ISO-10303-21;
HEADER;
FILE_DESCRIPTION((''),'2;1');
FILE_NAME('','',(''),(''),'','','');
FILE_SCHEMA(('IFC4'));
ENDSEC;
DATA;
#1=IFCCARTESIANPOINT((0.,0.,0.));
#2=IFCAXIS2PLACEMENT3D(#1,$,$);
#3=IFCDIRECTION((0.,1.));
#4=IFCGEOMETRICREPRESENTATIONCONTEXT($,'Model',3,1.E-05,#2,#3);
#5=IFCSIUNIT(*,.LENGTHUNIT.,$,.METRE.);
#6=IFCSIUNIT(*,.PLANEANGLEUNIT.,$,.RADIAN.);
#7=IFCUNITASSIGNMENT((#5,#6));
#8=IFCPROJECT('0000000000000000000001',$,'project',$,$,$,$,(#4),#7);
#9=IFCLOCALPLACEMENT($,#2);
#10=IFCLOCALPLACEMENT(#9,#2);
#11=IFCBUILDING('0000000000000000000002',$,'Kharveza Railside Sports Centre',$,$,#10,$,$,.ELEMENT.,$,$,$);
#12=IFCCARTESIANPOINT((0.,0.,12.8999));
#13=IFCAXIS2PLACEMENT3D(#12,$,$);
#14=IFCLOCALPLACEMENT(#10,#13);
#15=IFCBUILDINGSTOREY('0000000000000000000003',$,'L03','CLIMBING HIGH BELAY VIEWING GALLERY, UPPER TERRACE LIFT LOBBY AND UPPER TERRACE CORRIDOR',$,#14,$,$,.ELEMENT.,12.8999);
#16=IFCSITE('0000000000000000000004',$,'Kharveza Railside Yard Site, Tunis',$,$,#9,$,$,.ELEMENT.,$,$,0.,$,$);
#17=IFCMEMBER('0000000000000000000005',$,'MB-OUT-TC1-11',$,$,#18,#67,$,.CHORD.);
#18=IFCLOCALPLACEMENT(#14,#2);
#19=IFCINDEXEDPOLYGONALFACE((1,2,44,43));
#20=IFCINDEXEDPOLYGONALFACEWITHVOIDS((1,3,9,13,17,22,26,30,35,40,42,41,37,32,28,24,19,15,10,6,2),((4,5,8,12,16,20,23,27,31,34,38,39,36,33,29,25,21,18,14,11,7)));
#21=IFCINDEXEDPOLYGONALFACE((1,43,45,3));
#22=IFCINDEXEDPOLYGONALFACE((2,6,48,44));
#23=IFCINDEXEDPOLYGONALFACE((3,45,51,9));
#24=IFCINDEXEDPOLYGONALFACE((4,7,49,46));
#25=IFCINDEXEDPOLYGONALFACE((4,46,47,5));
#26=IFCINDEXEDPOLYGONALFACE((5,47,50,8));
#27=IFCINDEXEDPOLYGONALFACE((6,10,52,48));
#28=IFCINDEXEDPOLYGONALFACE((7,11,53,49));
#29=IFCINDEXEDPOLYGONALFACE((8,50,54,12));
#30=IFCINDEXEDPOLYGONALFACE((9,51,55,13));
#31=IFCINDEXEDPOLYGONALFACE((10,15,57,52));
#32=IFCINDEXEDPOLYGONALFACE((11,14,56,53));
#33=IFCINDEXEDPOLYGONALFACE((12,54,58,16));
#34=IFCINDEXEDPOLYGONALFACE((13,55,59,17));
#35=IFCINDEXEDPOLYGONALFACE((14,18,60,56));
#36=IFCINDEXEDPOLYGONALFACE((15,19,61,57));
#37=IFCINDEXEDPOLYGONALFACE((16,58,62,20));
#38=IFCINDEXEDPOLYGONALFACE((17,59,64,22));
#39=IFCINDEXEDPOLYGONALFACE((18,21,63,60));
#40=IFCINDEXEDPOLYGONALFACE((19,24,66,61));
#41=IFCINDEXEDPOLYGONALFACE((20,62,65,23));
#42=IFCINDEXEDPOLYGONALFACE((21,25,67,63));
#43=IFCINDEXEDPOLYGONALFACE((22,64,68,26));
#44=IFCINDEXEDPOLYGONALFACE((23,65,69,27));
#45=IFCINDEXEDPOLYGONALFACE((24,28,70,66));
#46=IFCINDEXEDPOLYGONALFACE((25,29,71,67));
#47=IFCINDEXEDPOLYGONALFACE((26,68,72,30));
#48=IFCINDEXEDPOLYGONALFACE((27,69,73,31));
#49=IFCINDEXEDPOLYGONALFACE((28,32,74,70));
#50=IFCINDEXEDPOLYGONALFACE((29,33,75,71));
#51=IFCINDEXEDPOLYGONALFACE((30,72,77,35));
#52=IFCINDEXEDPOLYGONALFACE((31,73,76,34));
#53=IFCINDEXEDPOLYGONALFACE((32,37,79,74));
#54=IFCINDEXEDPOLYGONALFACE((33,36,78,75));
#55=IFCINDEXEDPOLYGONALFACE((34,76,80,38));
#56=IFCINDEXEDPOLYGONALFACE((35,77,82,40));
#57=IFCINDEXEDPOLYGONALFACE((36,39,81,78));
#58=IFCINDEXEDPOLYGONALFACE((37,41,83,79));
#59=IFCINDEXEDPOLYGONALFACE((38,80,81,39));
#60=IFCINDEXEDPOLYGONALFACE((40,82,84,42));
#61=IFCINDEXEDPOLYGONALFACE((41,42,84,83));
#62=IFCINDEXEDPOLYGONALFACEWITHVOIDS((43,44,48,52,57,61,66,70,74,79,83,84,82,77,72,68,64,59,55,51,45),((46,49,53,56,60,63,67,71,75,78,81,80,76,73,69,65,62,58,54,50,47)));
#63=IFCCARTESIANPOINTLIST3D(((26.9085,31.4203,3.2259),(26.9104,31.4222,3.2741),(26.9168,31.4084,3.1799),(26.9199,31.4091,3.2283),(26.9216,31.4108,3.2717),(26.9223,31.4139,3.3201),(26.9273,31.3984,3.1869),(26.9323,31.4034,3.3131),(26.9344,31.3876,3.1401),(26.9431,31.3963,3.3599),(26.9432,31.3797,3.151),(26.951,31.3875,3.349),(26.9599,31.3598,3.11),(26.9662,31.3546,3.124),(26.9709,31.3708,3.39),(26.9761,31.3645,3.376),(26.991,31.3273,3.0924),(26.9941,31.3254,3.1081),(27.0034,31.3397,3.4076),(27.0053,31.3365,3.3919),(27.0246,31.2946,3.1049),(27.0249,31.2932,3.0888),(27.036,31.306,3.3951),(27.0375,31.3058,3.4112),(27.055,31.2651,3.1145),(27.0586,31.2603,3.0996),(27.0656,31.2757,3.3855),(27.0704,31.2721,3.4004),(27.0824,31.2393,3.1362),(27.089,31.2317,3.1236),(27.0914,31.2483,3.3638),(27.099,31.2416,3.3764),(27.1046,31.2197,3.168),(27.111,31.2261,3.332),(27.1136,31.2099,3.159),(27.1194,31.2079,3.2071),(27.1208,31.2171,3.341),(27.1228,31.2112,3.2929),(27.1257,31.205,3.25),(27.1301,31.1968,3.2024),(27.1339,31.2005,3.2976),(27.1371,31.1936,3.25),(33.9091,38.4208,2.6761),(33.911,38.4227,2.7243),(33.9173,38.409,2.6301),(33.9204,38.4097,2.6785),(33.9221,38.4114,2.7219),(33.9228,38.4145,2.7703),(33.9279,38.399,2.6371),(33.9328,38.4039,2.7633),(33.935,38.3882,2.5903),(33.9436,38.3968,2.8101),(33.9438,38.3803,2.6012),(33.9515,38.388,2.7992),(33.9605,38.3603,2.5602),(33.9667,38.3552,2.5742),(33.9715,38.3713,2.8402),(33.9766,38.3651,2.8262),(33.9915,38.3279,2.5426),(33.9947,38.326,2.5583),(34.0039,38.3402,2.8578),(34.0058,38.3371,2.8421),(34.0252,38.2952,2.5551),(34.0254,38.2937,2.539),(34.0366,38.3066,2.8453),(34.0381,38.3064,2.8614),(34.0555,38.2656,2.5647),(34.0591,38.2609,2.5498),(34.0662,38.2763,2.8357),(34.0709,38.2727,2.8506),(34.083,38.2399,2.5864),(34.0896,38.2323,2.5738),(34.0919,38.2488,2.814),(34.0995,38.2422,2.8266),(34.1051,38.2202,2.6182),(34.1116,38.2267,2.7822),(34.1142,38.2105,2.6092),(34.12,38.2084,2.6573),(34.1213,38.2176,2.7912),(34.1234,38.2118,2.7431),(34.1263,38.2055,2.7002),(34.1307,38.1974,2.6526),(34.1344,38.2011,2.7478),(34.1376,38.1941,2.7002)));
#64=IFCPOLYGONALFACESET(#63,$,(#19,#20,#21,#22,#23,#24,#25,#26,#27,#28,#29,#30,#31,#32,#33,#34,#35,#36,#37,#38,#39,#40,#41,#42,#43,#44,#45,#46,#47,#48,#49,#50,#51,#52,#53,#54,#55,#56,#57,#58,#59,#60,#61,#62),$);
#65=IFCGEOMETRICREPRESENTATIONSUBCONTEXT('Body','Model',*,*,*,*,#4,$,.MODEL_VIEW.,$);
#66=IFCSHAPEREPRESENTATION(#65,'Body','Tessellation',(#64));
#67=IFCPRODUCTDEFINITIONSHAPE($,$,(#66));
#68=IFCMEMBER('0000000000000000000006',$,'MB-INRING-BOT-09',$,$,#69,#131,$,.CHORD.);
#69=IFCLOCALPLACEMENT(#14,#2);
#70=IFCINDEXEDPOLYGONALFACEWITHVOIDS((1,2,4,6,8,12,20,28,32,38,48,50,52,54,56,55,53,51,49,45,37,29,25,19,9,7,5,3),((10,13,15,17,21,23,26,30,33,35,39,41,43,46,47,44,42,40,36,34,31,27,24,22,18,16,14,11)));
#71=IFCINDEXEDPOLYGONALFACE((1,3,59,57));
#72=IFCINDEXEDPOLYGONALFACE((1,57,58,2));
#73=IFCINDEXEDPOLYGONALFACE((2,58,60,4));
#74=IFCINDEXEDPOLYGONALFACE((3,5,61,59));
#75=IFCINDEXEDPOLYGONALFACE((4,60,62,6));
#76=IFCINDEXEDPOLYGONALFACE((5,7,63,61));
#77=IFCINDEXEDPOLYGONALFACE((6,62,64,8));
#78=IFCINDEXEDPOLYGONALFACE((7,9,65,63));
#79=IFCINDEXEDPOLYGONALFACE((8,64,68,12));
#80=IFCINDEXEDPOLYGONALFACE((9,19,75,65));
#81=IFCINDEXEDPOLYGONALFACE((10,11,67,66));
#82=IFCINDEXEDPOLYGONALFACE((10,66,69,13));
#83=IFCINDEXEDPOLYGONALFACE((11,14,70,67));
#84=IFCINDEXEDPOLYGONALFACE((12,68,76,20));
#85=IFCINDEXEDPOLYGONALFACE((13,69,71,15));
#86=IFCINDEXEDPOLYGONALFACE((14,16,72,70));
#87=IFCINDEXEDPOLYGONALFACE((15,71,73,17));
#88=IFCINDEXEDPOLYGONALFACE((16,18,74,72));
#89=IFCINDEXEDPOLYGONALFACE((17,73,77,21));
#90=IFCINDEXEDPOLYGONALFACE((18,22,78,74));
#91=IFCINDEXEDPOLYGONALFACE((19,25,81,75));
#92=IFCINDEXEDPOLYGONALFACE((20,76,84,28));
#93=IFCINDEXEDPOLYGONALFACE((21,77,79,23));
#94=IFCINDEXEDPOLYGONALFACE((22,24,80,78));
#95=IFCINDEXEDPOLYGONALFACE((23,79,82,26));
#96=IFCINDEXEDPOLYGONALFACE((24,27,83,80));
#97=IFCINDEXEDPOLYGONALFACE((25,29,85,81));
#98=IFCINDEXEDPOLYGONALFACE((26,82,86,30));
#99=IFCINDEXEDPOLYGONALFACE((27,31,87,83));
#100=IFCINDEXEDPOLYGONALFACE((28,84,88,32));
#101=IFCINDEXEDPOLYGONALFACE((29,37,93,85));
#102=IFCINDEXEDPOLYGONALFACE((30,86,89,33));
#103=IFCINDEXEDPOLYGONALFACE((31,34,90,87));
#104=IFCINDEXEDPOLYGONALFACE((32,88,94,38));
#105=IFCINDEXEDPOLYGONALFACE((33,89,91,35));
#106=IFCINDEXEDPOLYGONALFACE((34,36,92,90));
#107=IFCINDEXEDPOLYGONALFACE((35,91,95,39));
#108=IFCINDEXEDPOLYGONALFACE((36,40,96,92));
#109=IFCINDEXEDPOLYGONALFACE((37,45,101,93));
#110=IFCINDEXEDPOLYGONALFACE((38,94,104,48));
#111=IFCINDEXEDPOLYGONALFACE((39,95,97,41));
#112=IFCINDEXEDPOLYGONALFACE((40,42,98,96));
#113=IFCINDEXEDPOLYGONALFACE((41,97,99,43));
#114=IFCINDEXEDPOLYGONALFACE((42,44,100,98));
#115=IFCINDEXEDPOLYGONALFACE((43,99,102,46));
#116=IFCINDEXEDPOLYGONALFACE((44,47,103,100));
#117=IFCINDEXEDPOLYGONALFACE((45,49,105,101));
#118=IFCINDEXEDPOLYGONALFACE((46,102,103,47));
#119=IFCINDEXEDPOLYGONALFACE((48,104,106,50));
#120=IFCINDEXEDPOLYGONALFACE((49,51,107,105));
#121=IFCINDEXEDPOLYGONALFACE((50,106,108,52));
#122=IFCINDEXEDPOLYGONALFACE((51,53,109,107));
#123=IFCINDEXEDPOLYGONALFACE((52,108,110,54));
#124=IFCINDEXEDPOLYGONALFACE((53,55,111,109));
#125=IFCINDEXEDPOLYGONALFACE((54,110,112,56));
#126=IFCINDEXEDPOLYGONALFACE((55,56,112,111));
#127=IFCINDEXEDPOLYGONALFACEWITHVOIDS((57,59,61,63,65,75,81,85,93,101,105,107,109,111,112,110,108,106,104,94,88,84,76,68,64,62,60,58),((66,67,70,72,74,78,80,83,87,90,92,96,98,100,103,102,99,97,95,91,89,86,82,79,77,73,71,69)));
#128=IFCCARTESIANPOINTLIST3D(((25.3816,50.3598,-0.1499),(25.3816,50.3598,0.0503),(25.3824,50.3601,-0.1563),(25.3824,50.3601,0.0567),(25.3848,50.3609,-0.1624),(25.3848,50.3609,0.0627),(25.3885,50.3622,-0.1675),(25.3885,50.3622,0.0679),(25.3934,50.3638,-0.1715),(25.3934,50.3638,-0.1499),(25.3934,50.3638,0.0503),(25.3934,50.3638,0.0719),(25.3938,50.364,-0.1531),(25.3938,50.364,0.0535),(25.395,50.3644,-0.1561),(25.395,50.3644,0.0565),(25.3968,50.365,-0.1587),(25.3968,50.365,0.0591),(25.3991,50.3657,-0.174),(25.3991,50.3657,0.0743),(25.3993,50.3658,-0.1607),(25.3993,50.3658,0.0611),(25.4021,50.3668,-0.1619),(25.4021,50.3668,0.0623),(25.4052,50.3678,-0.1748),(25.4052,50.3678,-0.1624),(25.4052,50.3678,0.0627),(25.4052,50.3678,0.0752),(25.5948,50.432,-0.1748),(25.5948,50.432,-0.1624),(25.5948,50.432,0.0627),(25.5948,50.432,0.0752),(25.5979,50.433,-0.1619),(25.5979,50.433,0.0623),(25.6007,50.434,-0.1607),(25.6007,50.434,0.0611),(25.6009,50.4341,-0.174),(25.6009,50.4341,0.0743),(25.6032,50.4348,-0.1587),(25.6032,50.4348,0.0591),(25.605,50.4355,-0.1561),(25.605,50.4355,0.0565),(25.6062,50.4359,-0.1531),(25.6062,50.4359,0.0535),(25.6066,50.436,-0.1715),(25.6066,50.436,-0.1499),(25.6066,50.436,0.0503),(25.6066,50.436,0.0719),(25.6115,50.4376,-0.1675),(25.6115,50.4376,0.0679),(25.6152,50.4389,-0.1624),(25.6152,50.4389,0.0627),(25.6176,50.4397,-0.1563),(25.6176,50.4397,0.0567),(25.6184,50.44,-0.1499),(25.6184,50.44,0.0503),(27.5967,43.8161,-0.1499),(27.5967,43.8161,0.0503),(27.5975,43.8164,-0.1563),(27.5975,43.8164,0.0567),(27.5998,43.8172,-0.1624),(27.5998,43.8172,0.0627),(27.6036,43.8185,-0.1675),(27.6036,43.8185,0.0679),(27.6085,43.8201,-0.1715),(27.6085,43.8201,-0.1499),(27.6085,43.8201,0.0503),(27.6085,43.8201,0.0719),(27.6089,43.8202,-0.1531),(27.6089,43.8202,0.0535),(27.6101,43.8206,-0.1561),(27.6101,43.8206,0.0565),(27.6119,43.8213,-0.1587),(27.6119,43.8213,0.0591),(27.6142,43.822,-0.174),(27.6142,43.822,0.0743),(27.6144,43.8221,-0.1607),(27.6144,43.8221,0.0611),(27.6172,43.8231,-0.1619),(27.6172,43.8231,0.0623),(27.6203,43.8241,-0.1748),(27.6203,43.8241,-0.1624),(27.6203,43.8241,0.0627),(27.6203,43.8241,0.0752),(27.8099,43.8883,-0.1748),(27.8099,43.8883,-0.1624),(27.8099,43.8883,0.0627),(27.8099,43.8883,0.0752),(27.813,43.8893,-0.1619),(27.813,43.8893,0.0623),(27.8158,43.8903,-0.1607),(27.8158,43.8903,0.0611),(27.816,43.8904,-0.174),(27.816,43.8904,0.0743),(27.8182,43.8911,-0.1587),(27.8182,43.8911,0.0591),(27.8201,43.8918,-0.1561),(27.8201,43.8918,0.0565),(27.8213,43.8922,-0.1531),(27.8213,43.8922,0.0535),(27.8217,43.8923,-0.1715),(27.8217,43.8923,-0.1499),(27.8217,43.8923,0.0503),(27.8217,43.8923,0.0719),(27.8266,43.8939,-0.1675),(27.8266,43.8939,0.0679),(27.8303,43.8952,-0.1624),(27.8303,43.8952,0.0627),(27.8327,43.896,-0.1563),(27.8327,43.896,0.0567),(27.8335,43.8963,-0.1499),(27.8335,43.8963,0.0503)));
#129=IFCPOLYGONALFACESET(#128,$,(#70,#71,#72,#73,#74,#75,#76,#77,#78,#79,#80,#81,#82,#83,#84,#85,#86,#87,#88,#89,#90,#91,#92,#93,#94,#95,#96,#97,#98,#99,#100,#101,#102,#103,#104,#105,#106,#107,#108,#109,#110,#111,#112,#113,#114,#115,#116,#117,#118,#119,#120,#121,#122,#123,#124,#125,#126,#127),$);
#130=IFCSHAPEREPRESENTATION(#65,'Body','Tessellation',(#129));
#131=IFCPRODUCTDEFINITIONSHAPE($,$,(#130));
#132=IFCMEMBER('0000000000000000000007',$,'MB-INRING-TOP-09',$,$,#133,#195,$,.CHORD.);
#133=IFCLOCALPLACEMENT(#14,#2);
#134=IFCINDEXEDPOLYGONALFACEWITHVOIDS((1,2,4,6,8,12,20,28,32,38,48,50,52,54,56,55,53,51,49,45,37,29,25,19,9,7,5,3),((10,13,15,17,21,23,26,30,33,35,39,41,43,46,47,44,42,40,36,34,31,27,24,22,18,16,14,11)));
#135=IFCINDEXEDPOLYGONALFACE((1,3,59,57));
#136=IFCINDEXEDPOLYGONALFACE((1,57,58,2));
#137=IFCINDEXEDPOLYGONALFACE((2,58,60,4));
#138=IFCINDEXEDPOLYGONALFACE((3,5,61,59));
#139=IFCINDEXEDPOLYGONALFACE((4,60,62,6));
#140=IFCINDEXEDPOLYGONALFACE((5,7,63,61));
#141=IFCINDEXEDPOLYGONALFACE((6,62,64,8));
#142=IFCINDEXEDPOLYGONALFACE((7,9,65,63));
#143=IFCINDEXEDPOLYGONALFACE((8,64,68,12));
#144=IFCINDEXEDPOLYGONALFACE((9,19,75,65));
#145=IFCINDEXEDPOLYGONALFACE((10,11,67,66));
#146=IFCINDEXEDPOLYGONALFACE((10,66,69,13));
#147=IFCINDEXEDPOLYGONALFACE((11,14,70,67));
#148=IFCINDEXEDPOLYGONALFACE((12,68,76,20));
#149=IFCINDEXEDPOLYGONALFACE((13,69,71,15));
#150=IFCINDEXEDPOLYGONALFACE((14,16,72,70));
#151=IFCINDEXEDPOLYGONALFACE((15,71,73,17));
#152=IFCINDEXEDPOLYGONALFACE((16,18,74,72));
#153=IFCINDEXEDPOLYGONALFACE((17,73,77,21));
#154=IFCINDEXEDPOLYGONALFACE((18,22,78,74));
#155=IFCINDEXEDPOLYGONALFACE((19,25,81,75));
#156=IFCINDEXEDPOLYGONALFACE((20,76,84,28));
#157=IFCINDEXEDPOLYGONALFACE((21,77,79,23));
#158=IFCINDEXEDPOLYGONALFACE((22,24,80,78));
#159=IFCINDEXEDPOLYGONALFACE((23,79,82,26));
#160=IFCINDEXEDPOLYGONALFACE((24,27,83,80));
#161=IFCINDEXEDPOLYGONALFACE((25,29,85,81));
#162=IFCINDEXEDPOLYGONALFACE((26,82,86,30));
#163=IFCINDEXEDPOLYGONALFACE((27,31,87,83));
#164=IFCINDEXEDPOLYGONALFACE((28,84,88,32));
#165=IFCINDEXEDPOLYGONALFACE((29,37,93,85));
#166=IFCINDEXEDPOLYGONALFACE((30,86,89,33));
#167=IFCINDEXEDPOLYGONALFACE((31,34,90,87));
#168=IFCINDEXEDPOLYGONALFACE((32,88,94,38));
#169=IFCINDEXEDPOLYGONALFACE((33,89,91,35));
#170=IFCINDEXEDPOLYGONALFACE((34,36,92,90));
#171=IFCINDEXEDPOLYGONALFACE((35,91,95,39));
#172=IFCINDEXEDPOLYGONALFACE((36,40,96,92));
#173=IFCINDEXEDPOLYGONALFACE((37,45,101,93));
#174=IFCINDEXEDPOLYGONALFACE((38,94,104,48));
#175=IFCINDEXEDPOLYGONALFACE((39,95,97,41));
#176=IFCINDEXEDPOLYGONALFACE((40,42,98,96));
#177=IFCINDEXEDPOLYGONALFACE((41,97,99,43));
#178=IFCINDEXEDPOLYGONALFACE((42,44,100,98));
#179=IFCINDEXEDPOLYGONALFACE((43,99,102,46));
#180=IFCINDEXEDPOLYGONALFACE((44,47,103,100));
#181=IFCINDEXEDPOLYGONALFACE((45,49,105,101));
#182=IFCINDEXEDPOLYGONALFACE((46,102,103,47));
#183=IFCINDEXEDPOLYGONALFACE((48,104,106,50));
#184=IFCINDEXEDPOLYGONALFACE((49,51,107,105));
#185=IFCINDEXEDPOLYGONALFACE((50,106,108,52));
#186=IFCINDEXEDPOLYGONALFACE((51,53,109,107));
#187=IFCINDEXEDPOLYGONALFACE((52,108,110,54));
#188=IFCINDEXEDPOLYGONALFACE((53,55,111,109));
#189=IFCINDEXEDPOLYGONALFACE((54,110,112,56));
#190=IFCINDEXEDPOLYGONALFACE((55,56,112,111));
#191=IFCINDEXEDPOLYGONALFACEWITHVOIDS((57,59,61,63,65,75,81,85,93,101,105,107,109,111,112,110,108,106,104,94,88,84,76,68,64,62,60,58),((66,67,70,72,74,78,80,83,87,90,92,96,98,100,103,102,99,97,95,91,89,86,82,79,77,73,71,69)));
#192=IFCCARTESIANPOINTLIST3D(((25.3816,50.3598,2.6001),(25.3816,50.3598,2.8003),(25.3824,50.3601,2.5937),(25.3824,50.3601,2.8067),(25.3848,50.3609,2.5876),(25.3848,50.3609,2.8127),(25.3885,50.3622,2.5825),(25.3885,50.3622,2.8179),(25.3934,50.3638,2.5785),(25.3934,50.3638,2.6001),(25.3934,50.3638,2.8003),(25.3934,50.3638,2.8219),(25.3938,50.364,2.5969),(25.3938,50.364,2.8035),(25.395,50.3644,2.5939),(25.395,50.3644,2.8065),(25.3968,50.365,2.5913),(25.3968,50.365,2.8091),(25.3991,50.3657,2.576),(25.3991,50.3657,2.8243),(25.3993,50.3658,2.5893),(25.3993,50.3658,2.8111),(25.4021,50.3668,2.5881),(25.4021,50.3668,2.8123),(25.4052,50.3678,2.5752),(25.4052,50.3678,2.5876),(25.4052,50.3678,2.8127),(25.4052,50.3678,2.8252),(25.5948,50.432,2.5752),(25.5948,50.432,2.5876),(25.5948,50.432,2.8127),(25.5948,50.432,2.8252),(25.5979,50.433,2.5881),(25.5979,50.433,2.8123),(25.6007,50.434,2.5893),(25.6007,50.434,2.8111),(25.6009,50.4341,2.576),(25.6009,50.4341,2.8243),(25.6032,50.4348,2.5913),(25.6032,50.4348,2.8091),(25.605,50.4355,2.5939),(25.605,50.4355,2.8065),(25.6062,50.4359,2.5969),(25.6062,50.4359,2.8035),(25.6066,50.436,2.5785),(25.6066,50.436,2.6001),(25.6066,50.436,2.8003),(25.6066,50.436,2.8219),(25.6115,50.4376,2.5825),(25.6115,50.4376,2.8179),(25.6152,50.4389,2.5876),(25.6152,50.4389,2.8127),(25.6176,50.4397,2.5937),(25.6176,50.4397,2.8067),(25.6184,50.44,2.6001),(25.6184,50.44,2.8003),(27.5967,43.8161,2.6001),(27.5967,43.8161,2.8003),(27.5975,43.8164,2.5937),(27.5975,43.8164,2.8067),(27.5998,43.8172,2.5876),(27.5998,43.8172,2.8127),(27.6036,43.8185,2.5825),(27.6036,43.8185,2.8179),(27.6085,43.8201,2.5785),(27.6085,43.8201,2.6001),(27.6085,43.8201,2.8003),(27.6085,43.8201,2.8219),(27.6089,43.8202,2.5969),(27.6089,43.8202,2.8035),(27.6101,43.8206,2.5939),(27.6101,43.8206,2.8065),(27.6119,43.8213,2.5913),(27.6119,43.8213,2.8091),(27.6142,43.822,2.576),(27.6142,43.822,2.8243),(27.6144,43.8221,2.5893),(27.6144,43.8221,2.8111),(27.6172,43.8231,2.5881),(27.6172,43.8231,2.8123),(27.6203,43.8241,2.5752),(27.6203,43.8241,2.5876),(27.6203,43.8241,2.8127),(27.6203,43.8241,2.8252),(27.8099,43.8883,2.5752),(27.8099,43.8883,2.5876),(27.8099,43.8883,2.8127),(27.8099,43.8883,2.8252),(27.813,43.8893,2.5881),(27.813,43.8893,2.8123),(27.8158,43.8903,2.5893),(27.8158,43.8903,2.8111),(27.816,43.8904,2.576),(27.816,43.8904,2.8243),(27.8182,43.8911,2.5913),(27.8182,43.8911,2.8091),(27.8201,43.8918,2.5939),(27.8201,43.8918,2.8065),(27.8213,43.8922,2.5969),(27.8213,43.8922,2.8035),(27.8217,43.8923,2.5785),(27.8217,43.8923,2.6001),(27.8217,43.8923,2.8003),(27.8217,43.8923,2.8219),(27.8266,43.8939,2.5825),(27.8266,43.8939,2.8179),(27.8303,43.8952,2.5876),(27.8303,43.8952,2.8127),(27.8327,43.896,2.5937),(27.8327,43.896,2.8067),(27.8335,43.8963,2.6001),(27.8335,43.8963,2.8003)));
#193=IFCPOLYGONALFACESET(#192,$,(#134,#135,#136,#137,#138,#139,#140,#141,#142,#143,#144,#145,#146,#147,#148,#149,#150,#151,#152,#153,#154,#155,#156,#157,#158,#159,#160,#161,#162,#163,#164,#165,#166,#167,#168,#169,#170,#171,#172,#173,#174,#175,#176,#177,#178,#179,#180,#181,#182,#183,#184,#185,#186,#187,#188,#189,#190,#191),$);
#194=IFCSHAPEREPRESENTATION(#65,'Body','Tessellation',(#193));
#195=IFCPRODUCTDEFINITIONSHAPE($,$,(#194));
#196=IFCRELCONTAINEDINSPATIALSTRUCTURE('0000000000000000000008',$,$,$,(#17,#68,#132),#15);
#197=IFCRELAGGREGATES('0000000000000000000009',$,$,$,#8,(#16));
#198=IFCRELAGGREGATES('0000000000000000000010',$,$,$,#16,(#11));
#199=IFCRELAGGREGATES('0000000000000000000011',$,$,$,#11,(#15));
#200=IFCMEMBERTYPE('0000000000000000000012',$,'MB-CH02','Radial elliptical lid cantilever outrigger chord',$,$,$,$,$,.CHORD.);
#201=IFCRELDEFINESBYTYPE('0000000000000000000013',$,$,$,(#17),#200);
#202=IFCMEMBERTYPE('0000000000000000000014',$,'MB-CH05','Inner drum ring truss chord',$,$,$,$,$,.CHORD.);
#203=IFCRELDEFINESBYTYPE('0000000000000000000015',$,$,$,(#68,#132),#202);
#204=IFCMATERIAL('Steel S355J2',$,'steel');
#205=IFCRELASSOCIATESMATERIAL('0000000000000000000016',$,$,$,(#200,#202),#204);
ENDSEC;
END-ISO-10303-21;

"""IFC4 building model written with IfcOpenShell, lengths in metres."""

from ifc_helpers import new_model, si_unit, direction, frame, origin, origin_2d, place, context, subcontext, project, spatial, hollow_rectangle, hollow_circle, extrude, material, material_profile, profile_set, type_object, element, save


model = new_model("IFC4")

# Units and contexts
model_context = context("Model", 3, precision=1e-05, world=origin(), true_north=direction((0.0, 1.0)))
body_context = subcontext(model_context, "Body", "Model", "MODEL_VIEW")
ifc_project = project(units=[si_unit("LENGTHUNIT", "METRE"), si_unit("PLANEANGLEUNIT", "RADIAN")], contexts=[model_context])

# Site, building, storey
site_placement = place(None, origin())
site = spatial("IfcSite", under=ifc_project, at=site_placement, Name="Kharveza Railside Yard Site, Tunis", CompositionType="ELEMENT", RefElevation=0.0)
building_placement = place(site_placement, origin())
building = spatial("IfcBuilding", under=site, at=building_placement, Name="Kharveza Railside Sports Centre", CompositionType="ELEMENT")
storey_placement = place(building_placement, frame((0.0, 0.0, 12.8999)))
storey = spatial("IfcBuildingStorey", under=building, at=storey_placement, Name="L03", Description="CLIMBING HIGH BELAY VIEWING GALLERY, UPPER TERRACE LIFT LOBBY AND UPPER TERRACE CORRIDOR", CompositionType="ELEMENT", Elevation=12.8999)

# Shared definitions
ifc_material_1 = material(Name="Steel S355J2", Category="steel")

# Members
ifc_material_profile_1 = material_profile(ifc_material_1, hollow_circle(Radius=0.1619, WallThickness=0.0161, at=origin_2d()), Name="CHS 323.9x16.0")
ifc_profile_set_1 = profile_set([ifc_material_profile_1], Name="Steel S355J2")
member_type_1 = type_object("IfcMemberType", Name="MB-CH02", Description="Radial elliptical lid cantilever outrigger chord", PredefinedType="CHORD", material=ifc_profile_set_1)
member_1_placement = place(storey_placement, frame((34.0232, 38.3086, 2.7002), z_axis=(-0.706019, -0.706019, 0.055449), x_axis=(0.707107, -0.707107, 0.0)))
element("IfcMember", 1, at=member_1_placement, inside=storey, type_object=member_type_1, Name="MB-OUT-TC1-11", PredefinedType="CHORD", context=body_context, shape_type="SweptSolid", body=[
    extrude(hollow_circle(Radius=0.1619, WallThickness=0.0161, at=origin_2d()), origin(), (0.0, 0.0, 1.0), 9.9155),
])
ifc_material_profile_2 = material_profile(ifc_material_1, hollow_rectangle(XDim=0.25, YDim=0.25, WallThickness=0.0125, InnerFilletRadius=0.0125, OuterFilletRadius=0.0249, at=origin_2d()), Name="SHS 250x250x12.5")
ifc_profile_set_2 = profile_set([ifc_material_profile_2], Name="Steel S355J2")
member_type_2 = type_object("IfcMemberType", Name="MB-CH05", Description="Inner drum ring truss chord", PredefinedType="CHORD", material=ifc_profile_set_2)
for number, where, z_axis, x_axis, name in (
    (2, (25.5, 50.3999, -0.0498), (0.320635, -0.947203, 0.0), (0.947203, 0.320635, 0.0), "MB-INRING-BOT-09"),
    (3, (25.5, 50.3999, 2.7002), (0.320635, -0.947203, 0.0), (0.947203, 0.320635, 0.0), "MB-INRING-TOP-09"),
):
    element("IfcMember", number, at=place(storey_placement, frame(where, z_axis=z_axis, x_axis=x_axis)), inside=storey, type_object=member_type_2, Name=name, PredefinedType="CHORD", context=body_context, shape_type="SweptSolid", body=[
        extrude(hollow_rectangle(XDim=0.25, YDim=0.25, WallThickness=0.0125, InnerFilletRadius=0.0125, OuterFilletRadius=0.0249, at=origin_2d()), origin(), (0.0, 0.0, 1.0), 6.9084),
    ])

save(model, "model.ifc")
